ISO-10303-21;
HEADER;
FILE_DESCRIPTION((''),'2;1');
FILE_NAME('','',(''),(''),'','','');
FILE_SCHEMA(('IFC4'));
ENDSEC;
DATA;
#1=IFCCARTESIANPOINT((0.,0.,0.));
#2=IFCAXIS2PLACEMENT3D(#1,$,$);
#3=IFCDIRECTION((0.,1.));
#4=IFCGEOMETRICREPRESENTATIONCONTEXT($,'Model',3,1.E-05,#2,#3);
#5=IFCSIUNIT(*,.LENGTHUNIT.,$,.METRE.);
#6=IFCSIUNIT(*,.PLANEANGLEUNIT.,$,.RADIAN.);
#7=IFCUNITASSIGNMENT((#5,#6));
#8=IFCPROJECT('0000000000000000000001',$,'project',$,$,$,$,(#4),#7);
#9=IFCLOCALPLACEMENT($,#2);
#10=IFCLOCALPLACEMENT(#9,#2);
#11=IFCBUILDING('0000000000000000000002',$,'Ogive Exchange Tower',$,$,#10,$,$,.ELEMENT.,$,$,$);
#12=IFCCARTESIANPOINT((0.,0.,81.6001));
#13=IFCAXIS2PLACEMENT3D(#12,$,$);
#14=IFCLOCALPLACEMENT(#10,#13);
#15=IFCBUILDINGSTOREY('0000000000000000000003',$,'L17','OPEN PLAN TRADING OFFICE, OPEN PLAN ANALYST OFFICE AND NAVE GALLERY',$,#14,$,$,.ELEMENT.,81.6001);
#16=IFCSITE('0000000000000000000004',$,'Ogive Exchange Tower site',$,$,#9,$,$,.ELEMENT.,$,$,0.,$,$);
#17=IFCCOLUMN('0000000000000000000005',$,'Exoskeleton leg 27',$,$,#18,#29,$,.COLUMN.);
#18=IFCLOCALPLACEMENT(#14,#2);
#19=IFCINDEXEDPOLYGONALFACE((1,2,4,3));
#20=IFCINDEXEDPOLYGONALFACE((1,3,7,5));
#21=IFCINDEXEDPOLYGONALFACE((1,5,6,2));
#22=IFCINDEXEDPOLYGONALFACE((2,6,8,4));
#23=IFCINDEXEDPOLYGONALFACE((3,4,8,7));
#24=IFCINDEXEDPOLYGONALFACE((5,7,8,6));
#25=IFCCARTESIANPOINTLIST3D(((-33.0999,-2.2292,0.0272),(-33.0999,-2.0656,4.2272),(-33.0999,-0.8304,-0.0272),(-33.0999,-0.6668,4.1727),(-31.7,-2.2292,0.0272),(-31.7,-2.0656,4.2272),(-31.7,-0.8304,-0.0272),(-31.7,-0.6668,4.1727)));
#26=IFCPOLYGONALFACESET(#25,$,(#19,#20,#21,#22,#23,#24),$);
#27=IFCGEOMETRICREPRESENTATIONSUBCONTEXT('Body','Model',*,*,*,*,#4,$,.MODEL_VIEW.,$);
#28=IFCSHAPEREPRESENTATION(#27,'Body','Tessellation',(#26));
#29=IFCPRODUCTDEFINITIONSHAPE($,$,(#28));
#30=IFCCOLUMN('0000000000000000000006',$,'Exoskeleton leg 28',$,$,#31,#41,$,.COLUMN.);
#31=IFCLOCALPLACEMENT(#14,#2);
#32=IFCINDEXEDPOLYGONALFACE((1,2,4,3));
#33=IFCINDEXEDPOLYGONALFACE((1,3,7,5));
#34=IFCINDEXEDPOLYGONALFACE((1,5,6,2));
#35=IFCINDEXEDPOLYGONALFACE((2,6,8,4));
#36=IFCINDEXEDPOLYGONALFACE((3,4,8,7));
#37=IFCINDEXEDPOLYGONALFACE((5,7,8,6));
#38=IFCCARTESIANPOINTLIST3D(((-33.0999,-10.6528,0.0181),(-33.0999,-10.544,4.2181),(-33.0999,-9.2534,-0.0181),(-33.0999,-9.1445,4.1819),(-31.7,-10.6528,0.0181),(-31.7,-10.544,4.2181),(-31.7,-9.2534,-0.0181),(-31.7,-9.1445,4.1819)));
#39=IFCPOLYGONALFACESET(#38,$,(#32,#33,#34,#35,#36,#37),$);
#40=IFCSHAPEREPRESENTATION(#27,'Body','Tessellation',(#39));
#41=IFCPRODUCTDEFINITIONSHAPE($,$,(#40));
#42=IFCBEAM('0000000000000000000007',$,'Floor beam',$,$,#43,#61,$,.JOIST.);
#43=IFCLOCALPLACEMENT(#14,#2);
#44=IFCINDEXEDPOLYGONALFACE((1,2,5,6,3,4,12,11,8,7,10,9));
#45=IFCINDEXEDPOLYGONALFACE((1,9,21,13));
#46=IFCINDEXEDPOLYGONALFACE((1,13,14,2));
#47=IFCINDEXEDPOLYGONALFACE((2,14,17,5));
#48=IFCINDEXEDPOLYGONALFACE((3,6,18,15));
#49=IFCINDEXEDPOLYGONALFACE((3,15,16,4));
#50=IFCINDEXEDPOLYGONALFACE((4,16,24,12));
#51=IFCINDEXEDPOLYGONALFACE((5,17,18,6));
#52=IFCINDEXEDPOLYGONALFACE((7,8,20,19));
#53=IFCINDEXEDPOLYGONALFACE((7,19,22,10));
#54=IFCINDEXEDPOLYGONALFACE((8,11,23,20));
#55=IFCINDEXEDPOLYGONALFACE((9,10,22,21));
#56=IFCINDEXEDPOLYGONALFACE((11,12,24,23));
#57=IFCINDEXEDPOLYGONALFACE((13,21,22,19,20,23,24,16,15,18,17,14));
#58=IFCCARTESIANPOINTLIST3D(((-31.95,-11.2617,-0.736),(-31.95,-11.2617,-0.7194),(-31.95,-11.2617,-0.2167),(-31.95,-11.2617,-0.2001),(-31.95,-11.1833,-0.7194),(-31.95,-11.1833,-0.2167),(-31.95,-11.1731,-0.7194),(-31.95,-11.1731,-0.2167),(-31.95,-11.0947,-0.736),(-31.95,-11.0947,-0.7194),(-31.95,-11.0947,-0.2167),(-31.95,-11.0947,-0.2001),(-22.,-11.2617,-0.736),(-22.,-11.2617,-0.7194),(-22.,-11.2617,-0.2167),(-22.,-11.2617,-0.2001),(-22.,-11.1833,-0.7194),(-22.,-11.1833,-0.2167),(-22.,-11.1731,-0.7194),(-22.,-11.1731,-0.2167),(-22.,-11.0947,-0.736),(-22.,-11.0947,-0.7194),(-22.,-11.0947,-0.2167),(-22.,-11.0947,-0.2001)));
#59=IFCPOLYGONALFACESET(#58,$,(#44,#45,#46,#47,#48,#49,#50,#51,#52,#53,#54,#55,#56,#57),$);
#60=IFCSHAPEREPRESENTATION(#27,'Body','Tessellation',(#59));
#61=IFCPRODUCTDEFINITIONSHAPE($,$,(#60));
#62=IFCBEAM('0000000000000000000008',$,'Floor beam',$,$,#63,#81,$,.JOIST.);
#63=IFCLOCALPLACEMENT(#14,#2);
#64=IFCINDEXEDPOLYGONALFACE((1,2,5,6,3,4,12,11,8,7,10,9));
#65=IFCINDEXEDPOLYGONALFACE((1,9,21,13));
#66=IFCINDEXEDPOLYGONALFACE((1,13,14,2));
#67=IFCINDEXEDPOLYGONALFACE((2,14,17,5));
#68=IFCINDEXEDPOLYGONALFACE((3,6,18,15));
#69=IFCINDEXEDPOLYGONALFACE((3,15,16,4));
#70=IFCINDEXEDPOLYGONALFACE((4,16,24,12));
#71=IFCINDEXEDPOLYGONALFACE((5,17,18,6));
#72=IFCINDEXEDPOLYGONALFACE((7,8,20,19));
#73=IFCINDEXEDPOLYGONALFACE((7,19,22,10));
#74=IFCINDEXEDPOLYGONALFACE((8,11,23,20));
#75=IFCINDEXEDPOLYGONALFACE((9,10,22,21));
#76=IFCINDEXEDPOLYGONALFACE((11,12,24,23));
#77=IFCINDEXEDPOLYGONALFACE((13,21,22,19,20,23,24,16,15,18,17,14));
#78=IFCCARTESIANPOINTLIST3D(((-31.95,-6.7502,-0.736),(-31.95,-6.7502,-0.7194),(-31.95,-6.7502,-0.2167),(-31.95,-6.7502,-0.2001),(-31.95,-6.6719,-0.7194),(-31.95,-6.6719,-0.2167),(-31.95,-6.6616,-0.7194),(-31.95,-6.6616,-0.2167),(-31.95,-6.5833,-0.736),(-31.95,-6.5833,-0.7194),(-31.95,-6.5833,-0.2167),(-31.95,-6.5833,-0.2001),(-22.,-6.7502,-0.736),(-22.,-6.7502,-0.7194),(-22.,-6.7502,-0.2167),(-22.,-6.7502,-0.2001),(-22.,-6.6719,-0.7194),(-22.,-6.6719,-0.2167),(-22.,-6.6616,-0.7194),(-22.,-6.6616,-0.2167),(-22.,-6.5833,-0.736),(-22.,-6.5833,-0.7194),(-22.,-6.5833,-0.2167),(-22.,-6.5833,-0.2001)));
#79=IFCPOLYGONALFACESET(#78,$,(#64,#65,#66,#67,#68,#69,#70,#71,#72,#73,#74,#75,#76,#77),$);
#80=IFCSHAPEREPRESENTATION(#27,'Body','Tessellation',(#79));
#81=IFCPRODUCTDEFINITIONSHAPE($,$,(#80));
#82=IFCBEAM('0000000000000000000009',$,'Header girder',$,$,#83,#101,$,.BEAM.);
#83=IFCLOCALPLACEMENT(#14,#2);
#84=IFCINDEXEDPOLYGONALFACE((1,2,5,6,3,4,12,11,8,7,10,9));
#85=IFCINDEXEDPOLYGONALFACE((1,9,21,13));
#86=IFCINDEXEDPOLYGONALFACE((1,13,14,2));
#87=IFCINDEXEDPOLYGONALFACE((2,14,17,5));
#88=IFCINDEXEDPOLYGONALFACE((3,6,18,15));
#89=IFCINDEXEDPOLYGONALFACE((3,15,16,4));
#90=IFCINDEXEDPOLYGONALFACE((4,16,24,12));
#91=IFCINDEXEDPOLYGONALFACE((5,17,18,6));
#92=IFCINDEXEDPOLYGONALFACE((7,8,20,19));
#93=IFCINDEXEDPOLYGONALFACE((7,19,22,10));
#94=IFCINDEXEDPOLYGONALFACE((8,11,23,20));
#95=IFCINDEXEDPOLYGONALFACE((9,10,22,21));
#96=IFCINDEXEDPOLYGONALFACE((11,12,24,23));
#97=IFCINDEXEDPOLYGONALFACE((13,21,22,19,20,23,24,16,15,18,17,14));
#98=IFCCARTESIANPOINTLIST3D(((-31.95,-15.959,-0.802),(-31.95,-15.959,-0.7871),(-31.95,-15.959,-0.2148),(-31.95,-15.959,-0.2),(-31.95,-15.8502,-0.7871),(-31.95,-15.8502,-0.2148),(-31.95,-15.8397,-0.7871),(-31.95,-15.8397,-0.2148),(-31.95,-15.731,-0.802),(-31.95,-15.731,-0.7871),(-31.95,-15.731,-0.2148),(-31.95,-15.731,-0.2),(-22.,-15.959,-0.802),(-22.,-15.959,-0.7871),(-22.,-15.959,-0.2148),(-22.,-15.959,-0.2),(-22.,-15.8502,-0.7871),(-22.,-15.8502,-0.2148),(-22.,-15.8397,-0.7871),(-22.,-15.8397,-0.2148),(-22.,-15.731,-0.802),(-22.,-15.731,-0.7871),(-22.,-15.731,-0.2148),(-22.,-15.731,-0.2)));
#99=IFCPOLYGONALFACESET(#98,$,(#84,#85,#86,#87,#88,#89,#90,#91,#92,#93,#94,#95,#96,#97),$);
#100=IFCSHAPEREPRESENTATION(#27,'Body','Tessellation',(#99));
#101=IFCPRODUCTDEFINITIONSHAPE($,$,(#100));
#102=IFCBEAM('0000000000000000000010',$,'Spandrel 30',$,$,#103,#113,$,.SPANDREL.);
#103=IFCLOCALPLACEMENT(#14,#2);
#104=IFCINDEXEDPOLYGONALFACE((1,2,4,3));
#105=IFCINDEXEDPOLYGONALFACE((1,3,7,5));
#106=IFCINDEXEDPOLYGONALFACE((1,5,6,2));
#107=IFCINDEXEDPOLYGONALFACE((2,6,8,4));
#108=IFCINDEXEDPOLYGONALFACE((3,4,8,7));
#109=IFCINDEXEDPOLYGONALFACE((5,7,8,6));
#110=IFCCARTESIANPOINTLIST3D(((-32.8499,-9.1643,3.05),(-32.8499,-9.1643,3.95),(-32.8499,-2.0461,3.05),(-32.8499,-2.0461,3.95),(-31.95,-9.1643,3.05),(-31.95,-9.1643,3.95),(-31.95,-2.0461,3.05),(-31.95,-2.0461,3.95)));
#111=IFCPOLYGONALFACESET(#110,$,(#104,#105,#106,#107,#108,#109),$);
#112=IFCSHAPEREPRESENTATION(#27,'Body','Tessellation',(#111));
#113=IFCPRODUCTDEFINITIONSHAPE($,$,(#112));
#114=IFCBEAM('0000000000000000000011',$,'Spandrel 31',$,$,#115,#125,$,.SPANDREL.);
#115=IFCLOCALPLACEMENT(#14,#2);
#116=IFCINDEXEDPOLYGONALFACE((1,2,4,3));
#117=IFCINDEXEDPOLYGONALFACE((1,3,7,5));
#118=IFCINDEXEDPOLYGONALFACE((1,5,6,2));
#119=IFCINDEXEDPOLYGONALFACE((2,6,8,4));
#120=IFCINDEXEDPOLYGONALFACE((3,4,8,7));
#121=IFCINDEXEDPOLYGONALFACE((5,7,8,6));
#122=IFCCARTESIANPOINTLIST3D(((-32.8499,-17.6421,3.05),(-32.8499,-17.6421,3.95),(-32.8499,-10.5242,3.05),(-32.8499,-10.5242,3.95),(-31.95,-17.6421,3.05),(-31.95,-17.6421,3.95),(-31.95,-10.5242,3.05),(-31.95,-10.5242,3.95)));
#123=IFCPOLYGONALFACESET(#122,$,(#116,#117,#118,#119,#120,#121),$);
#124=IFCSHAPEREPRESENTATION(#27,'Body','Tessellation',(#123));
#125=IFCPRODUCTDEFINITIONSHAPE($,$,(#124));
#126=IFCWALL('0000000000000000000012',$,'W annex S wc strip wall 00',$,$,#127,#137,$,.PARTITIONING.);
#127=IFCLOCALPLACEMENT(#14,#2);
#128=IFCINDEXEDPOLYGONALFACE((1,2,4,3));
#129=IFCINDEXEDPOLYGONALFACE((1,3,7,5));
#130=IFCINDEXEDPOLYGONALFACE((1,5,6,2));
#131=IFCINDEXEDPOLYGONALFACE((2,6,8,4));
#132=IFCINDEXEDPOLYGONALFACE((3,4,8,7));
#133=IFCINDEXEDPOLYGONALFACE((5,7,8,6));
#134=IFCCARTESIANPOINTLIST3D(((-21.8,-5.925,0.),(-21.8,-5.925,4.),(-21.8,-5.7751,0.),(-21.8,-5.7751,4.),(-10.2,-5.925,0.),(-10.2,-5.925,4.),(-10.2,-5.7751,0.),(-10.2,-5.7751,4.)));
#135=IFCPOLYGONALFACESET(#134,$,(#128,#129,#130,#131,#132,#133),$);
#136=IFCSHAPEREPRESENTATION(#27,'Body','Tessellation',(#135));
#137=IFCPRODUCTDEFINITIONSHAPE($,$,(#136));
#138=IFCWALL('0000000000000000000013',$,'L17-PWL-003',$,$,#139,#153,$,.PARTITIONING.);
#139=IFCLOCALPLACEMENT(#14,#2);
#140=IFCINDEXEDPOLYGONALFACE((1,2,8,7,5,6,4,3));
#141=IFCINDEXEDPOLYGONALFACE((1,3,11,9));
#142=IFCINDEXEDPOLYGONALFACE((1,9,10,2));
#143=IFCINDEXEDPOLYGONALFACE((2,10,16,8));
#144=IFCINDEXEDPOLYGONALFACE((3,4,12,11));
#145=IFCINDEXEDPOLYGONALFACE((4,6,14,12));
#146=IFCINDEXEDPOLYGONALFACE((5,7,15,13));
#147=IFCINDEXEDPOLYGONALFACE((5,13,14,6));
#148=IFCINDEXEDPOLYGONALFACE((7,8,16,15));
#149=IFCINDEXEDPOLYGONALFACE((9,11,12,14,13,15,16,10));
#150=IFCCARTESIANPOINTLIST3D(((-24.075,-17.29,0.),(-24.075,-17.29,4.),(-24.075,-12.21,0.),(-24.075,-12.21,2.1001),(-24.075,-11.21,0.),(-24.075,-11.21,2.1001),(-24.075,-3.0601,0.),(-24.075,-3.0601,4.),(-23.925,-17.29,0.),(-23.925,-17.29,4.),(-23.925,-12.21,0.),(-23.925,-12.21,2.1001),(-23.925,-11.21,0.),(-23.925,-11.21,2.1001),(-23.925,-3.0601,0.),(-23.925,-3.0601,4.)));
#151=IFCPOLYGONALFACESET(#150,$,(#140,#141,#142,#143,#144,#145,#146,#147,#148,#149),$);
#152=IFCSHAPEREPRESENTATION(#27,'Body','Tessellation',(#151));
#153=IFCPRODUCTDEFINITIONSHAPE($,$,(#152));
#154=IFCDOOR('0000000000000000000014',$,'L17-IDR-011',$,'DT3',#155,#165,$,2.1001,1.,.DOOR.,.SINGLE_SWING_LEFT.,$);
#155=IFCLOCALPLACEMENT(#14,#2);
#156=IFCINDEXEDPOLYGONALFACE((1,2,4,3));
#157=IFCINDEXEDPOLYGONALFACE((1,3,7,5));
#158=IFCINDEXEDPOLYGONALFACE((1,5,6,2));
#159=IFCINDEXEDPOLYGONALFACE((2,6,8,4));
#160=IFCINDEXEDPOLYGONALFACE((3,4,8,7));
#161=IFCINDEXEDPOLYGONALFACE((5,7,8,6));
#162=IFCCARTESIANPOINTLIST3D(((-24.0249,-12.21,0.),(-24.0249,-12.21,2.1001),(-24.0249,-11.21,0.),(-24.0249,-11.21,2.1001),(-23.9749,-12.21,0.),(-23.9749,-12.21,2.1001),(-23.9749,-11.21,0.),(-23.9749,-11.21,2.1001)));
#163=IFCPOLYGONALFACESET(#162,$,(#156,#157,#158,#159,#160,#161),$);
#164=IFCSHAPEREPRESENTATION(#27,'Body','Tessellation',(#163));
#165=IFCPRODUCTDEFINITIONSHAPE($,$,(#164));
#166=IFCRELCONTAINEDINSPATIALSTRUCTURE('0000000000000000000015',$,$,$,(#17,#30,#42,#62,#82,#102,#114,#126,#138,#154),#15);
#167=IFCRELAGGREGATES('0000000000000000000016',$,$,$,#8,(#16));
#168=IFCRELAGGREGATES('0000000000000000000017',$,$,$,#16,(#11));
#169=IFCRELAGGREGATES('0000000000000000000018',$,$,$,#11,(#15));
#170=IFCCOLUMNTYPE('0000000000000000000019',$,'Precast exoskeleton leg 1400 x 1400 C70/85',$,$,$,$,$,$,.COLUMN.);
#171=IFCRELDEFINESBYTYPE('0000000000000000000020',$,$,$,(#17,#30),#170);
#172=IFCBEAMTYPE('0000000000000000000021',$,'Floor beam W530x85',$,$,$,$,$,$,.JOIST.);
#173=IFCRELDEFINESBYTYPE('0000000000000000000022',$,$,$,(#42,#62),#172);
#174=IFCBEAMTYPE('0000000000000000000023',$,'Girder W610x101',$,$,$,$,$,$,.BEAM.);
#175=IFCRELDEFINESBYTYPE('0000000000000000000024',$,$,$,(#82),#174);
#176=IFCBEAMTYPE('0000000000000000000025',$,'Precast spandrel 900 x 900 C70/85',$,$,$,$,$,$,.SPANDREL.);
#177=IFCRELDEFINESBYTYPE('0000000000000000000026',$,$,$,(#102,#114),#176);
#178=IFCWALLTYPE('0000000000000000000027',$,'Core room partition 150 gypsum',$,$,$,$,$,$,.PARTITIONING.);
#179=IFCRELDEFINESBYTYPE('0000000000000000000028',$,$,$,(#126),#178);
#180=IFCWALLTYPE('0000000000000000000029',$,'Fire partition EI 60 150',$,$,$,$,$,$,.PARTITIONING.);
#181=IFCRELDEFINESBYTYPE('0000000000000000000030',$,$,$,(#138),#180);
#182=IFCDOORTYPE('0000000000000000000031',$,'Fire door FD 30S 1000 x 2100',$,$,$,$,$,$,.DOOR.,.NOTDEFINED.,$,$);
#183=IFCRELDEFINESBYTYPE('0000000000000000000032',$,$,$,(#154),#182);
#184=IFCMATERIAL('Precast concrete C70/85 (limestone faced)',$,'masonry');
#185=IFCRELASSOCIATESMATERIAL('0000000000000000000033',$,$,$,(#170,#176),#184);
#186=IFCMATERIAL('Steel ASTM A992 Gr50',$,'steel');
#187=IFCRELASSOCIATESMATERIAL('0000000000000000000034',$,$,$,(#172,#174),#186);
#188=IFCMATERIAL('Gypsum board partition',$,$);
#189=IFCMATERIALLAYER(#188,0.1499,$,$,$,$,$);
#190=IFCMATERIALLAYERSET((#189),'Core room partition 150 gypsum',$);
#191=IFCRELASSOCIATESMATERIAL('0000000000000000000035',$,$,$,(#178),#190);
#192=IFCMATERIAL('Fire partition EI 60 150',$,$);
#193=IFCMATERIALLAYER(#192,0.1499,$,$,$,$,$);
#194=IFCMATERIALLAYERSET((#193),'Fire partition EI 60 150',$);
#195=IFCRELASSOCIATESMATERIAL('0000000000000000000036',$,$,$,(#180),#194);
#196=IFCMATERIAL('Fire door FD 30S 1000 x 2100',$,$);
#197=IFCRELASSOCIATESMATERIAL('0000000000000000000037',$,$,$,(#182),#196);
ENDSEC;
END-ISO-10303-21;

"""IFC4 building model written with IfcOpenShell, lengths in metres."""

from ifc_helpers import new_model, si_unit, direction, frame, frame_2d, origin, origin_2d, place, context, subcontext, project, spatial, rectangle, i_section, extrude, material, layer, layer_set, material_profile, profile_set, type_object, element, fill, save


model = new_model("IFC4")

# Units and contexts
model_context = context("Model", 3, precision=1e-05, world=origin(), true_north=direction((0.0, 1.0)))
body_context = subcontext(model_context, "Body", "Model", "MODEL_VIEW")
ifc_project = project(units=[si_unit("LENGTHUNIT", "METRE"), si_unit("PLANEANGLEUNIT", "RADIAN")], contexts=[model_context])

# Site, building, storey
site_placement = place(None, origin())
site = spatial("IfcSite", under=ifc_project, at=site_placement, Name="Ogive Exchange Tower site", CompositionType="ELEMENT", RefElevation=0.0)
building_placement = place(site_placement, origin())
building = spatial("IfcBuilding", under=site, at=building_placement, Name="Ogive Exchange Tower", CompositionType="ELEMENT")
storey_placement = place(building_placement, frame((0.0, 0.0, 81.6001)))
storey = spatial("IfcBuildingStorey", under=building, at=storey_placement, Name="L17", Description="OPEN PLAN TRADING OFFICE, OPEN PLAN ANALYST OFFICE AND NAVE GALLERY", CompositionType="ELEMENT", Elevation=81.6001)

# Columns
ifc_material_1 = material(Name="Precast concrete C70/85 (limestone faced)", Category="masonry")
ifc_material_profile_1 = material_profile(ifc_material_1, rectangle(XDim=1.3999, YDim=1.3999, at=origin_2d()), Name="1400 x 1400")
ifc_profile_set_1 = profile_set([ifc_material_profile_1], Name="Precast concrete C70/85 (limestone faced)")
column_type = type_object("IfcColumnType", Name="Precast exoskeleton leg 1400 x 1400 C70/85", PredefinedType="COLUMN", material=ifc_profile_set_1)
column_1_placement = place(storey_placement, frame((-32.3999, -1.5298, 0.0), z_axis=(0.0, 0.038917, 0.999242), x_axis=(-1.0, 0.0, 0.0)))
element("IfcColumn", 1, at=column_1_placement, inside=storey, type_object=column_type, Name="Exoskeleton leg 27", PredefinedType="COLUMN", context=body_context, shape_type="SweptSolid", body=[
    extrude(rectangle(XDim=1.3999, YDim=1.3999, at=origin_2d()), origin(), (0.0, 0.0, 1.0), 4.2031),
])
column_2_placement = place(storey_placement, frame((-32.3999, -9.9531, 0.0), z_axis=(0.0, 0.025917, 0.999664), x_axis=(-1.0, 0.0, 0.0)))
element("IfcColumn", 2, at=column_2_placement, inside=storey, type_object=column_type, Name="Exoskeleton leg 28", PredefinedType="COLUMN", context=body_context, shape_type="SweptSolid", body=[
    extrude(rectangle(XDim=1.3999, YDim=1.3999, at=origin_2d()), origin(), (0.0, 0.0, 1.0), 4.2014),
])

# Beams
ifc_material_2 = material(Name="Steel ASTM A992 Gr50", Category="steel")
ifc_material_profile_2 = material_profile(ifc_material_2, i_section(OverallWidth=0.167, OverallDepth=0.5359, WebThickness=0.0103, FlangeThickness=0.0166, at=origin_2d()), Name="W530x85")
ifc_profile_set_2 = profile_set([ifc_material_profile_2], Name="Steel ASTM A992 Gr50")
beam_type_1 = type_object("IfcBeamType", Name="Floor beam W530x85", PredefinedType="JOIST", material=ifc_profile_set_2)
for number, where, z_axis, x_axis, name in (
    (3, (-31.95, -11.1782, -0.468), (1.0, 0.0, 0.0), (0.0, 1.0, 0.0), "Floor beam"),
    (4, (-31.95, -6.6667, -0.468), (1.0, 0.0, 0.0), (0.0, 1.0, 0.0), "Floor beam"),
):
    element("IfcBeam", number, at=place(storey_placement, frame(where, z_axis=z_axis, x_axis=x_axis)), inside=storey, type_object=beam_type_1, Name=name, PredefinedType="JOIST", context=body_context, shape_type="SweptSolid", body=[
        extrude(i_section(OverallWidth=0.167, OverallDepth=0.5359, WebThickness=0.0103, FlangeThickness=0.0166, at=origin_2d()), origin(), (0.0, 0.0, 1.0), 9.95),
    ])
ifc_material_profile_3 = material_profile(ifc_material_2, i_section(OverallWidth=0.228, OverallDepth=0.6021, WebThickness=0.0105, FlangeThickness=0.0149, at=origin_2d()), Name="W610x101")
ifc_profile_set_3 = profile_set([ifc_material_profile_3], Name="Steel ASTM A992 Gr50")
beam_type_2 = type_object("IfcBeamType", Name="Girder W610x101", PredefinedType="BEAM", material=ifc_profile_set_3)
beam_1_placement = place(storey_placement, frame((-31.95, -15.845, -0.501), z_axis=(1.0, 0.0, 0.0), x_axis=(0.0, 1.0, 0.0)))
element("IfcBeam", 5, at=beam_1_placement, inside=storey, type_object=beam_type_2, Name="Header girder", PredefinedType="BEAM", context=body_context, shape_type="SweptSolid", body=[
    extrude(i_section(OverallWidth=0.228, OverallDepth=0.6021, WebThickness=0.0105, FlangeThickness=0.0149, at=origin_2d()), origin(), (0.0, 0.0, 1.0), 9.95),
])
ifc_material_profile_4 = material_profile(ifc_material_1, rectangle(XDim=0.8999, YDim=0.8999, at=origin_2d()), Name="900 x 900")
ifc_profile_set_4 = profile_set([ifc_material_profile_4], Name="Precast concrete C70/85 (limestone faced)")
beam_type_3 = type_object("IfcBeamType", Name="Precast spandrel 900 x 900 C70/85", PredefinedType="SPANDREL", material=ifc_profile_set_4)
beam_2_placement = place(storey_placement, frame((-32.3999, -2.0461, 3.5), z_axis=(0.0, -1.0, 0.0), x_axis=(1.0, 0.0, 0.0)))
element("IfcBeam", 6, at=beam_2_placement, inside=storey, type_object=beam_type_3, Name="Spandrel 30", PredefinedType="SPANDREL", context=body_context, shape_type="SweptSolid", body=[
    extrude(rectangle(XDim=0.8999, YDim=0.8999, at=origin_2d()), origin(), (0.0, 0.0, 1.0), 7.1182),
])
beam_3_placement = place(storey_placement, frame((-32.3999, -10.5242, 3.5), z_axis=(0.0, -1.0, 0.0), x_axis=(1.0, 0.0, 0.0)))
element("IfcBeam", 7, at=beam_3_placement, inside=storey, type_object=beam_type_3, Name="Spandrel 31", PredefinedType="SPANDREL", context=body_context, shape_type="SweptSolid", body=[
    extrude(rectangle(XDim=0.8999, YDim=0.8999, at=origin_2d()), origin(), (0.0, 0.0, 1.0), 7.1179),
])

# Wall
ifc_material_3 = material(Name="Gypsum board partition")
ifc_layer_1 = layer(ifc_material_3, 0.1499)
ifc_layer_set_1 = layer_set([ifc_layer_1], Name="Core room partition 150 gypsum")
wall_type_1 = type_object("IfcWallType", Name="Core room partition 150 gypsum", PredefinedType="PARTITIONING", material=ifc_layer_set_1)
wall_1_placement = place(storey_placement, frame((-21.8, -5.8501, 0.0), z_axis=(0.0, 0.0, 1.0), x_axis=(1.0, 0.0, 0.0)))
element("IfcWall", 8, at=wall_1_placement, inside=storey, type_object=wall_type_1, Name="W annex S wc strip wall 00", PredefinedType="PARTITIONING", context=body_context, shape_type="SweptSolid", body=[
    extrude(rectangle(XDim=11.6001, YDim=0.1499, at=frame_2d((5.8, 0.0))), origin(), (0.0, 0.0, 1.0), 4.0),
])

# Wall, opening, door
ifc_material_4 = material(Name="Fire partition EI 60 150")
ifc_layer_2 = layer(ifc_material_4, 0.1499)
ifc_layer_set_2 = layer_set([ifc_layer_2], Name="Fire partition EI 60 150")
wall_type_2 = type_object("IfcWallType", Name="Fire partition EI 60 150", PredefinedType="PARTITIONING", material=ifc_layer_set_2)
wall_2_placement = place(storey_placement, frame((-24.0, -17.29, 0.0), z_axis=(0.0, 0.0, 1.0), x_axis=(0.0, 1.0, 0.0)))
wall_2 = element("IfcWall", 9, at=wall_2_placement, inside=storey, type_object=wall_type_2, Name="L17-PWL-003", PredefinedType="PARTITIONING", context=body_context, shape_type="SweptSolid", body=[
    extrude(rectangle(XDim=14.23, YDim=0.1499, at=frame_2d((7.115, 0.0))), origin(), (0.0, 0.0, 1.0), 4.0),
])
opening_1_placement = place(wall_2_placement, frame((5.0801, 0.0, 0.0)))
opening_1 = element("IfcOpeningElement", 10, at=opening_1_placement, cuts=wall_2, PredefinedType="OPENING", context=body_context, shape_type="SweptSolid", body=[
    extrude(rectangle(XDim=1.0, YDim=2.1001, at=frame_2d((0.5, 1.05))), frame((0.0, 0.085, 0.0), z_axis=(0.0, -1.0, 0.0), x_axis=(1.0, 0.0, 0.0)), (0.0, 0.0, 1.0), 0.1699),
])
ifc_material_5 = material(Name="Fire door FD 30S 1000 x 2100")
door_type_1 = type_object("IfcDoorType", Name="Fire door FD 30S 1000 x 2100", OperationType="NOTDEFINED", PredefinedType="DOOR", material=ifc_material_5)
door_1_placement = place(opening_1_placement, origin())
door_1 = element("IfcDoor", 11, at=door_1_placement, inside=storey, type_object=door_type_1, Name="L17-IDR-011", ObjectType="DT3", OperationType="SINGLE_SWING_LEFT", OverallHeight=2.1001, OverallWidth=1.0, PredefinedType="DOOR", context=body_context, shape_type="SweptSolid", body=[
    extrude(rectangle(XDim=1.0, YDim=2.1001, at=frame_2d((0.5, 1.05))), frame((0.0, 0.0249, 0.0), z_axis=(0.0, -1.0, 0.0), x_axis=(1.0, 0.0, 0.0)), (0.0, 0.0, 1.0), 0.05),
])
fill(opening_1, door_1)

save(model, "model.ifc")
